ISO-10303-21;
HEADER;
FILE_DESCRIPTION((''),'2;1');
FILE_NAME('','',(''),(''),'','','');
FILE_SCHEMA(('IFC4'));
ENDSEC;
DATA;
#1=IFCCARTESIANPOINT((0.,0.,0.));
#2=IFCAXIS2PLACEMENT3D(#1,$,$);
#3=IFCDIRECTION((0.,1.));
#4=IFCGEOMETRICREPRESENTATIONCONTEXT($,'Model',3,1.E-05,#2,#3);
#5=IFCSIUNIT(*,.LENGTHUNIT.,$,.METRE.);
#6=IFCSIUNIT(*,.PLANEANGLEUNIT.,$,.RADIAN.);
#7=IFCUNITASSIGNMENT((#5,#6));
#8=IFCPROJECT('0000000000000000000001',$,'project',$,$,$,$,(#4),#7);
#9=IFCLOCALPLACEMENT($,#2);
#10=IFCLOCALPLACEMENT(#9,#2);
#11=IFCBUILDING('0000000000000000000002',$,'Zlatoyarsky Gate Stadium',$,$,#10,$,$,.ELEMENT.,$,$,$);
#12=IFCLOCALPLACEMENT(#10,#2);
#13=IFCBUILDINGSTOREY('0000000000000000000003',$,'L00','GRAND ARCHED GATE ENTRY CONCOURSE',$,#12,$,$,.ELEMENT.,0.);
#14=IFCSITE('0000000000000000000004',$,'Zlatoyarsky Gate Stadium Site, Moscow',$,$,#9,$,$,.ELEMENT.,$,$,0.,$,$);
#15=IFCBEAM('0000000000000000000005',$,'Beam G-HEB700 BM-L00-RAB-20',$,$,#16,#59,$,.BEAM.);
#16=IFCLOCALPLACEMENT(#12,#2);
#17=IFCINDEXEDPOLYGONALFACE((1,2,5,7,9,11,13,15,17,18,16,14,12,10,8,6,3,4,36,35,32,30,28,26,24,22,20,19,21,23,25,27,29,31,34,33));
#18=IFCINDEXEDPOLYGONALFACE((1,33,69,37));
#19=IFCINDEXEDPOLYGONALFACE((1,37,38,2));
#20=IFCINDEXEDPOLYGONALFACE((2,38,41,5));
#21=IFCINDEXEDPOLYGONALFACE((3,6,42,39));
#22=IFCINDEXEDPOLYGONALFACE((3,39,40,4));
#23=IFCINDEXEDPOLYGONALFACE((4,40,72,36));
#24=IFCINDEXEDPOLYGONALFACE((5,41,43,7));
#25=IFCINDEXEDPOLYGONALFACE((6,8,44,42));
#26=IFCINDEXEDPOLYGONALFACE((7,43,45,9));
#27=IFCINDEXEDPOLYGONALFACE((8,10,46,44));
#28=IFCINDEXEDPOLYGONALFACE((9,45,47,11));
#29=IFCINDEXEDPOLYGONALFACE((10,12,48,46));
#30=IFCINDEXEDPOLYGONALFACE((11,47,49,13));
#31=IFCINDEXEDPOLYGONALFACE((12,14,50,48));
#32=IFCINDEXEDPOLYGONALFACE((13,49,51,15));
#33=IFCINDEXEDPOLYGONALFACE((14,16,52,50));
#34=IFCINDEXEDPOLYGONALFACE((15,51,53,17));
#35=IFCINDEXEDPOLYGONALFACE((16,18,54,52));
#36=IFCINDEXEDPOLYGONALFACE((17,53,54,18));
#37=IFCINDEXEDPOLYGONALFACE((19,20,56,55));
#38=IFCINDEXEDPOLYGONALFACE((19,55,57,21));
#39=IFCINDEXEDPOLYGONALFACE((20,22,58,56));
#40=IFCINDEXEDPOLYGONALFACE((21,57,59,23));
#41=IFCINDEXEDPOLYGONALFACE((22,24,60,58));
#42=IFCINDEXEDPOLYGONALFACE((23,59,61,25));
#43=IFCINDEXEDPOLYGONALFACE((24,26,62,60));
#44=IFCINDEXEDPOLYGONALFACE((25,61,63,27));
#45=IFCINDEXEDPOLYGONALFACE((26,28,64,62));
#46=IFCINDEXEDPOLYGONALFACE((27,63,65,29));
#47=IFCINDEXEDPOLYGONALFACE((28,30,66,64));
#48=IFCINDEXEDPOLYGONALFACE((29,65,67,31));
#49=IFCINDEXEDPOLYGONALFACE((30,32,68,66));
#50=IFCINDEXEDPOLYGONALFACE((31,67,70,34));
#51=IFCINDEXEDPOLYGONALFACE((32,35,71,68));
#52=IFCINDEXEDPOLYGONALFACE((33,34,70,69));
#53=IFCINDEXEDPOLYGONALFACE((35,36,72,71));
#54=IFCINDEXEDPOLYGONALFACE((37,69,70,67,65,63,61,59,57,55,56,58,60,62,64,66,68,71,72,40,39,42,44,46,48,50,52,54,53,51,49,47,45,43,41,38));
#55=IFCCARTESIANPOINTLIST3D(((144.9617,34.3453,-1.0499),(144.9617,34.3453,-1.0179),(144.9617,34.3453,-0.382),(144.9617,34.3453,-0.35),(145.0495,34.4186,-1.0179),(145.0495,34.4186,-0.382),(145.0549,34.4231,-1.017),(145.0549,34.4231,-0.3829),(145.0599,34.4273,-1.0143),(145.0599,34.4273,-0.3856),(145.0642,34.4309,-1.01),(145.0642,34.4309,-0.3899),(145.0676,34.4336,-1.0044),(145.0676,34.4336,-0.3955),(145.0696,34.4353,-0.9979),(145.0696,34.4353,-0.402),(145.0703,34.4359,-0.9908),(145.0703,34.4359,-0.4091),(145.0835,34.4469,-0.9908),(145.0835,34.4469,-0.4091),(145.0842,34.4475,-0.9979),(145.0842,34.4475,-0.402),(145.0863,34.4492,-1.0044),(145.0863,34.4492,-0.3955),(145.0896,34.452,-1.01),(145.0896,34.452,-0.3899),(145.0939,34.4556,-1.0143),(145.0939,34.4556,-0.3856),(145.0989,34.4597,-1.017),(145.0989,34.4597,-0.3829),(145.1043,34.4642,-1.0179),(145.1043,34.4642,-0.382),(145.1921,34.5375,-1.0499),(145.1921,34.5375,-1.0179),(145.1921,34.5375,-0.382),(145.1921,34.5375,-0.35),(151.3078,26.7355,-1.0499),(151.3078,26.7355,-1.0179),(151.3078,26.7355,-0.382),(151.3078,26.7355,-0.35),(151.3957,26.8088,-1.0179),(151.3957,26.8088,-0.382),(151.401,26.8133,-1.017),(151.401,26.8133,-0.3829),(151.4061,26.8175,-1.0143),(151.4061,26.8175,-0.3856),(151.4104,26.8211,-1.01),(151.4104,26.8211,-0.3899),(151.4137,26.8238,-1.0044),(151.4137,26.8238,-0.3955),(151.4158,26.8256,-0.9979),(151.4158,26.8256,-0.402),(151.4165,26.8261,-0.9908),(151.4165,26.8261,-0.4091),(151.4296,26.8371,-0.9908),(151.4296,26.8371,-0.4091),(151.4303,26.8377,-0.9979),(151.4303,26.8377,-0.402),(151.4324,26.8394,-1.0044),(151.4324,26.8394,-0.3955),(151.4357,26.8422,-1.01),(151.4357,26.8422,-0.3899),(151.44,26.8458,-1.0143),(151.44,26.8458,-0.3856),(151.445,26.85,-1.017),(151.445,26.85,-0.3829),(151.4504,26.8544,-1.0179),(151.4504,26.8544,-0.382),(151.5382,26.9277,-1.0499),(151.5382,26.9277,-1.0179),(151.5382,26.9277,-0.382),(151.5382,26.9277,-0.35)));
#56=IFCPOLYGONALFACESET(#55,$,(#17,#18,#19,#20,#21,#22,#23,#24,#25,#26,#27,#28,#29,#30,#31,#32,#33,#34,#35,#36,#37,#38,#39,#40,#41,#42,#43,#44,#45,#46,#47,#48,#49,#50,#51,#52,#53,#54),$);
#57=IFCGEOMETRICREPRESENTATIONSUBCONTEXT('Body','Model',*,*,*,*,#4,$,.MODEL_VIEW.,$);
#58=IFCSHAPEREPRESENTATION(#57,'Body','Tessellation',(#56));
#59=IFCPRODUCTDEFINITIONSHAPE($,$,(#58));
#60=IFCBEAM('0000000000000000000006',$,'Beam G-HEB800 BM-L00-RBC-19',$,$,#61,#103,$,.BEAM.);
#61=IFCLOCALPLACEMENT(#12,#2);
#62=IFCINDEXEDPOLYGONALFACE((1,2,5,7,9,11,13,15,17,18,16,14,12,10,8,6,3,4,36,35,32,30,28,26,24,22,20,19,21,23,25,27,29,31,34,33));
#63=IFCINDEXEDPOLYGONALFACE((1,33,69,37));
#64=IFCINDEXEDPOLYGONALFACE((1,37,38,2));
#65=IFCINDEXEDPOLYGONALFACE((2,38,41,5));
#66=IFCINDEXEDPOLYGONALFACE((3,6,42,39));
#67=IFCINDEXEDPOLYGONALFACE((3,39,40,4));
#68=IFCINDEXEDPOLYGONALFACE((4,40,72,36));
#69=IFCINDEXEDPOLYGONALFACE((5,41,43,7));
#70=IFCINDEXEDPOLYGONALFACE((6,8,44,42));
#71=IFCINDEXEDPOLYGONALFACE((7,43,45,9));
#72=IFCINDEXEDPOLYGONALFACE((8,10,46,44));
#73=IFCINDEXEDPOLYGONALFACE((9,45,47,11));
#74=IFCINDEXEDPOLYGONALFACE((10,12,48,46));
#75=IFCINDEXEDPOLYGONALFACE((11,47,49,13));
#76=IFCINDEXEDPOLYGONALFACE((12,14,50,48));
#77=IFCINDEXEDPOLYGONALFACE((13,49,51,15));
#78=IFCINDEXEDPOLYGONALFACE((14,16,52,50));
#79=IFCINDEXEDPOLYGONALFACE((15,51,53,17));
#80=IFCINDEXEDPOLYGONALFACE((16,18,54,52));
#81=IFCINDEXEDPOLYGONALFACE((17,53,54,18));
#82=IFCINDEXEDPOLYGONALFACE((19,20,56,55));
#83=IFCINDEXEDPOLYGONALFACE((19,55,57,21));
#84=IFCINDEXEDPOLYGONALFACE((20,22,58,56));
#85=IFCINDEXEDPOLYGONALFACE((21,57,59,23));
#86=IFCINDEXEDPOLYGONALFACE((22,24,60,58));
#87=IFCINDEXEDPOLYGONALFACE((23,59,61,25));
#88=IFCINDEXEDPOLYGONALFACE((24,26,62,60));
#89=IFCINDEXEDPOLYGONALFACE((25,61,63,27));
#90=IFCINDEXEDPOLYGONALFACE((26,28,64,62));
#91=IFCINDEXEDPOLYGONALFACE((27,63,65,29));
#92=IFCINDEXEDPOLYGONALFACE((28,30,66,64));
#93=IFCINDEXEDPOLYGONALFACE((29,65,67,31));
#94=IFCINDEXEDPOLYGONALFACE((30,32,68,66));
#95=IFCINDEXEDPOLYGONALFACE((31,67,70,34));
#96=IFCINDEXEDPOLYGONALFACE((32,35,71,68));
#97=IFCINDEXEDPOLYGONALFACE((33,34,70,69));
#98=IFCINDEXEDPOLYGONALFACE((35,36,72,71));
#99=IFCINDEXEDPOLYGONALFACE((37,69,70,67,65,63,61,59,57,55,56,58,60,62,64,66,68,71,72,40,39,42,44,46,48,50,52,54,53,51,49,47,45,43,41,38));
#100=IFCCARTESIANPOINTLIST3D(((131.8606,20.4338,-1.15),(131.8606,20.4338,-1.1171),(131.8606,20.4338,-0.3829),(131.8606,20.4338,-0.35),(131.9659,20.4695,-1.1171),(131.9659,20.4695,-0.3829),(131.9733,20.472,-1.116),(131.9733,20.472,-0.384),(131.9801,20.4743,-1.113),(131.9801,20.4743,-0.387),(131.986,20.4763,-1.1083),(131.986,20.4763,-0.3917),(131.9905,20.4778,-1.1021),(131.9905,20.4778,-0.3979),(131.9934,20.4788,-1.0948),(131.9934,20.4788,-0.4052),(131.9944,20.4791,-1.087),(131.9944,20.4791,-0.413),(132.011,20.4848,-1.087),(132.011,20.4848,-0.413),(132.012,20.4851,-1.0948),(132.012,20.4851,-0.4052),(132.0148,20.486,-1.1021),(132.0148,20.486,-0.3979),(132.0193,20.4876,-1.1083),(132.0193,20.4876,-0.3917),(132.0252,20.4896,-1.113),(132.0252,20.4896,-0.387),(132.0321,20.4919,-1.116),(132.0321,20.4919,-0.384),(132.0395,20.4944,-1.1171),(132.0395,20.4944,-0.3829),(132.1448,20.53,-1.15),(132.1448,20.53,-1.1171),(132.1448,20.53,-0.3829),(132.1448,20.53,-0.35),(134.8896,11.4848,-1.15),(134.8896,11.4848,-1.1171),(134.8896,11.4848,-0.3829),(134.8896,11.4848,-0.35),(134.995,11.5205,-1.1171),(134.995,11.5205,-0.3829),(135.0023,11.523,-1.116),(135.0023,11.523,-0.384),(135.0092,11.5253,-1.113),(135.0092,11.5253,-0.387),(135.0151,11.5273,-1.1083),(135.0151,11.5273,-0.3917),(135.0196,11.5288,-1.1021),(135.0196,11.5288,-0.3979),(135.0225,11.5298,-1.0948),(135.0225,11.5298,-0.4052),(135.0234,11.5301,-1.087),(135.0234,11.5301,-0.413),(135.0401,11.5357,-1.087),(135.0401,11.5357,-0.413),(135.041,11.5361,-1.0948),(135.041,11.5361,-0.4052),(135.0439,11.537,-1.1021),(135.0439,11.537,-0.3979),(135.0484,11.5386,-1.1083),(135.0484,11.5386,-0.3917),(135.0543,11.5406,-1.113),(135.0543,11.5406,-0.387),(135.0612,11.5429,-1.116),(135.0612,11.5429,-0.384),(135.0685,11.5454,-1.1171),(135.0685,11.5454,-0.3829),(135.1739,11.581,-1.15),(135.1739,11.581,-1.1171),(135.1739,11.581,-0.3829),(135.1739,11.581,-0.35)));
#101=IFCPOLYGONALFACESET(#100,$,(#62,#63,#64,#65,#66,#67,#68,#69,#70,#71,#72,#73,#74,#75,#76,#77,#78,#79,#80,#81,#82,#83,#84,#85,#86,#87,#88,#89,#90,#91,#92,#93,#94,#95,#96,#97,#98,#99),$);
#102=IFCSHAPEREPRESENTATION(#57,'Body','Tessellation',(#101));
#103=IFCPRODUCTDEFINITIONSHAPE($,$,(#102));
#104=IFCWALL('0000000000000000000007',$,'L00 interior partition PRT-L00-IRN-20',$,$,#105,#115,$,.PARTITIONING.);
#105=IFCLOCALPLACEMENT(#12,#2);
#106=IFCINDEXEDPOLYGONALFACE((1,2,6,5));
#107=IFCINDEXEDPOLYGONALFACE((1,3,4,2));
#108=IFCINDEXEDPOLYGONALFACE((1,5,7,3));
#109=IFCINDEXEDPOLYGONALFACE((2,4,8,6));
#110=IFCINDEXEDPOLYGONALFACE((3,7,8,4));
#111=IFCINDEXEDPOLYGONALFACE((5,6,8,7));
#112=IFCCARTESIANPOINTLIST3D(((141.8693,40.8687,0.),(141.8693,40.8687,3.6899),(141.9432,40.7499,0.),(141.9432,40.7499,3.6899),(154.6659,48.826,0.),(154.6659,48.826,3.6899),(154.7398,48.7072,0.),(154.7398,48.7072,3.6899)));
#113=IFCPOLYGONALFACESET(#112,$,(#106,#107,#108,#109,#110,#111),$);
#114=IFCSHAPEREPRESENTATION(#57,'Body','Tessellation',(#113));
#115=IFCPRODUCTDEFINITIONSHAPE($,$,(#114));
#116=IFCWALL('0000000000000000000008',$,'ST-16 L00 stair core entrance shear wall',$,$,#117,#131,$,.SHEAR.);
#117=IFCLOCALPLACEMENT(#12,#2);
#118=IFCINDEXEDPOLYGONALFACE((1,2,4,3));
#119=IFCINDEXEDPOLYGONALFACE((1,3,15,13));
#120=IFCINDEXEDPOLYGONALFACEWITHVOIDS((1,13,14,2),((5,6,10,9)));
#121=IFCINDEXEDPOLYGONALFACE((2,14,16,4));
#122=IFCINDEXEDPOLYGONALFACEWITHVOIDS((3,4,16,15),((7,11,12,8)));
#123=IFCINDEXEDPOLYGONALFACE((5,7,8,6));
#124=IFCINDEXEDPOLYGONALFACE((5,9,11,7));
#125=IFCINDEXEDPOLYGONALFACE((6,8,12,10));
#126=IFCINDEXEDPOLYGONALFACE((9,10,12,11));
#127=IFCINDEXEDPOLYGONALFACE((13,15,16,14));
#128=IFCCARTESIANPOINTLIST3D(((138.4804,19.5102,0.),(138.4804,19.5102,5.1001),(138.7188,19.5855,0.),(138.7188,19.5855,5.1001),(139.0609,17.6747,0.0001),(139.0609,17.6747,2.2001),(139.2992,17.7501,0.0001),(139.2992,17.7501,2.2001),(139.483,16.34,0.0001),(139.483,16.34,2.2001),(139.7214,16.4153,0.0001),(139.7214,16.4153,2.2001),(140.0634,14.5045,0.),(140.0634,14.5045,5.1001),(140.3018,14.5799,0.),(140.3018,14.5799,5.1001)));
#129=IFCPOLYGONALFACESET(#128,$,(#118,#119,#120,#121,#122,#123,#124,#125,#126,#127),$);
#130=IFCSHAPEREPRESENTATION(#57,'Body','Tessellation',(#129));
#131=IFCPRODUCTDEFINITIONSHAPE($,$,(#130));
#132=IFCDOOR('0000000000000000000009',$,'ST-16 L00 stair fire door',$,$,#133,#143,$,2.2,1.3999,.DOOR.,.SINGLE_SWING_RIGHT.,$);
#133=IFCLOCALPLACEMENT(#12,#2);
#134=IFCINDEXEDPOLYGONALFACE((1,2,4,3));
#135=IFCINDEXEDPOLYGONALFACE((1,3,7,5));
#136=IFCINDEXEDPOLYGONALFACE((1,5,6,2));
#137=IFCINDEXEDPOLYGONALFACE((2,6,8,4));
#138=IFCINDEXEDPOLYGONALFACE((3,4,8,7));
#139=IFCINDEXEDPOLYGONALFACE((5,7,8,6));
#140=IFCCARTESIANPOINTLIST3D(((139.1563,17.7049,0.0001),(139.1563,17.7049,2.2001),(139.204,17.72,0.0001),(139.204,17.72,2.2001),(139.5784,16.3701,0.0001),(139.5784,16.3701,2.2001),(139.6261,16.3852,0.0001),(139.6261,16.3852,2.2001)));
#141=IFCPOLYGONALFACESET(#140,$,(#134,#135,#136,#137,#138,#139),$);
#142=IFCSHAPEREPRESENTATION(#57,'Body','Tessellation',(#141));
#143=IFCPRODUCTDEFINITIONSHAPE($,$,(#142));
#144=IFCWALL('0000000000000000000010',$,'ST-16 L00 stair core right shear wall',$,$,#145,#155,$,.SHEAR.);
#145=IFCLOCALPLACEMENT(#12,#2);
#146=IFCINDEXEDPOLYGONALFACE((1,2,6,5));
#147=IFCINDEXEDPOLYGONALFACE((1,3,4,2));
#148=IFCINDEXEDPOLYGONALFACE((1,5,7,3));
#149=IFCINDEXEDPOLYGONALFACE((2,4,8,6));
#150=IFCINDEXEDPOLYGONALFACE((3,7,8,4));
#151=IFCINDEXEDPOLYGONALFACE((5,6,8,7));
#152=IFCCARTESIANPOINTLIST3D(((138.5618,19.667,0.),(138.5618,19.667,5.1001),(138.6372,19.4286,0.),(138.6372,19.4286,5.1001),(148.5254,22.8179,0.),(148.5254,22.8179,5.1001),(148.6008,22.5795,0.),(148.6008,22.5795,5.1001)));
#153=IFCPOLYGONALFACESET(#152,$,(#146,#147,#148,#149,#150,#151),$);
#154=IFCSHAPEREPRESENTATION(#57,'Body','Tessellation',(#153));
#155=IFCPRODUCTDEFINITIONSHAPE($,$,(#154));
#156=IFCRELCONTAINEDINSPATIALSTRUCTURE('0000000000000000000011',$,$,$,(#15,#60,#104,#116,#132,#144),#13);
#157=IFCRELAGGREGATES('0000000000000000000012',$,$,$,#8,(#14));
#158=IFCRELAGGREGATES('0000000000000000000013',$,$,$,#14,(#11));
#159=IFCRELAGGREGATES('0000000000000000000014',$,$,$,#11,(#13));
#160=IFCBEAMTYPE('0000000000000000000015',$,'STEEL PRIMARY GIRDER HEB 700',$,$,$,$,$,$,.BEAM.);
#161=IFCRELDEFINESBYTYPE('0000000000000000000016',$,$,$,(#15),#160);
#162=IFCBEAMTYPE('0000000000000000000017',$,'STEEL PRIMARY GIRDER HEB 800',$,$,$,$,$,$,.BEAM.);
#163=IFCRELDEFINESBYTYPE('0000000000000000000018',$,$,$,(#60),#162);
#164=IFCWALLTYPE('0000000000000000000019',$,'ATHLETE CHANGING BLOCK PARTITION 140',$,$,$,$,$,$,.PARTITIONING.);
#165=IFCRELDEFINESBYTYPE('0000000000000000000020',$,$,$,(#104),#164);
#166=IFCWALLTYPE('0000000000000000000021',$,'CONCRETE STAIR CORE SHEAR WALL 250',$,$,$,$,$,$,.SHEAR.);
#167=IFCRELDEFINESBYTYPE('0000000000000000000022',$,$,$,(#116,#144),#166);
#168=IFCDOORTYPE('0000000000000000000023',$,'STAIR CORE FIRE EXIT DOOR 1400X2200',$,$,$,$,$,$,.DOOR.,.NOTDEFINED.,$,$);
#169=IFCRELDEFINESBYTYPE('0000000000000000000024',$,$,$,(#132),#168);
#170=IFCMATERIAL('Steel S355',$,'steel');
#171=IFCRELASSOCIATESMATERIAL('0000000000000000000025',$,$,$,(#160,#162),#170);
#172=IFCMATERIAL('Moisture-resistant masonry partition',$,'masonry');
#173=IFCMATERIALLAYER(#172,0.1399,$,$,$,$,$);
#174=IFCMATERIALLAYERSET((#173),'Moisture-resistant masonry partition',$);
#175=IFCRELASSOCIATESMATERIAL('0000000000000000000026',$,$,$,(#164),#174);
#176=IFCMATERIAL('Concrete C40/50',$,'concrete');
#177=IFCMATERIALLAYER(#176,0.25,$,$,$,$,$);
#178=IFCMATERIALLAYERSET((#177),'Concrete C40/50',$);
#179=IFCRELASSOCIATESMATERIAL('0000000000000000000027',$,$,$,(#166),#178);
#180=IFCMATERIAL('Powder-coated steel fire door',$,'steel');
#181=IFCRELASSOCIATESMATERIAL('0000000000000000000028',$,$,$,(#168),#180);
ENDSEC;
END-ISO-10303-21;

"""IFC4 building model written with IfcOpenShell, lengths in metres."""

from ifc_helpers import new_model, si_unit, direction, frame, frame_2d, origin, origin_2d, place, context, subcontext, project, spatial, rectangle, i_section, extrude, material, layer, layer_set, material_profile, profile_set, type_object, element, fill, save


model = new_model("IFC4")

# Units and contexts
model_context = context("Model", 3, precision=1e-05, world=origin(), true_north=direction((0.0, 1.0)))
body_context = subcontext(model_context, "Body", "Model", "MODEL_VIEW")
ifc_project = project(units=[si_unit("LENGTHUNIT", "METRE"), si_unit("PLANEANGLEUNIT", "RADIAN")], contexts=[model_context])

# Site, building, storey
site_placement = place(None, origin())
site = spatial("IfcSite", under=ifc_project, at=site_placement, Name="Zlatoyarsky Gate Stadium Site, Moscow", CompositionType="ELEMENT", RefElevation=0.0)
building_placement = place(site_placement, origin())
building = spatial("IfcBuilding", under=site, at=building_placement, Name="Zlatoyarsky Gate Stadium", CompositionType="ELEMENT")
storey_placement = place(building_placement, origin())
storey = spatial("IfcBuildingStorey", under=building, at=storey_placement, Name="L00", Description="GRAND ARCHED GATE ENTRY CONCOURSE", CompositionType="ELEMENT", Elevation=0.0)

# Shared definitions
ifc_material_1 = material(Name="Concrete C40/50", Category="concrete")

# Beams
ifc_material_2 = material(Name="Steel S355", Category="steel")
ifc_material_profile_1 = material_profile(ifc_material_2, i_section(OverallWidth=0.3, OverallDepth=0.7, WebThickness=0.0171, FlangeThickness=0.032, FilletRadius=0.0271, at=origin_2d()), Name="HEB 700")
ifc_profile_set_1 = profile_set([ifc_material_profile_1], Name="Steel S355")
beam_type_1 = type_object("IfcBeamType", Name="STEEL PRIMARY GIRDER HEB 700", PredefinedType="BEAM", material=ifc_profile_set_1)
beam_1_placement = place(storey_placement, frame((145.0769, 34.4414, -0.7), z_axis=(0.640461, -0.767991, 0.0), x_axis=(0.767991, 0.640461, 0.0)))
element("IfcBeam", 1, at=beam_1_placement, inside=storey, type_object=beam_type_1, Name="Beam G-HEB700 BM-L00-RAB-20", PredefinedType="BEAM", context=body_context, shape_type="SweptSolid", body=[
    extrude(i_section(OverallWidth=0.3, OverallDepth=0.7, WebThickness=0.0171, FlangeThickness=0.032, FilletRadius=0.0271, at=origin_2d()), origin(), (0.0, 0.0, 1.0), 9.9087),
])
ifc_material_profile_2 = material_profile(ifc_material_2, i_section(OverallWidth=0.3, OverallDepth=0.8, WebThickness=0.0176, FlangeThickness=0.033, FilletRadius=0.03, at=origin_2d()), Name="HEB 800")
ifc_profile_set_2 = profile_set([ifc_material_profile_2], Name="Steel S355")
beam_type_2 = type_object("IfcBeamType", Name="STEEL PRIMARY GIRDER HEB 800", PredefinedType="BEAM", material=ifc_profile_set_2)
beam_2_placement = place(storey_placement, frame((132.0027, 20.4819, -0.75), z_axis=(0.320612, -0.947211, 0.0), x_axis=(0.947211, 0.320612, 0.0)))
element("IfcBeam", 2, at=beam_2_placement, inside=storey, type_object=beam_type_2, Name="Beam G-HEB800 BM-L00-RBC-19", PredefinedType="BEAM", context=body_context, shape_type="SweptSolid", body=[
    extrude(i_section(OverallWidth=0.3, OverallDepth=0.8, WebThickness=0.0176, FlangeThickness=0.033, FilletRadius=0.03, at=origin_2d()), origin(), (0.0, 0.0, 1.0), 9.4478),
])

# Wall
ifc_material_3 = material(Name="Moisture-resistant masonry partition", Category="masonry")
ifc_layer_1 = layer(ifc_material_3, 0.1399)
ifc_layer_set_1 = layer_set([ifc_layer_1], Name="Moisture-resistant masonry partition")
wall_type_1 = type_object("IfcWallType", Name="ATHLETE CHANGING BLOCK PARTITION 140", PredefinedType="PARTITIONING", material=ifc_layer_set_1)
wall_1_placement = place(storey_placement, frame((141.9062, 40.8093, 0.0), z_axis=(0.0, 0.0, 1.0), x_axis=(0.849208, 0.528059, 0.0)))
element("IfcWall", 3, at=wall_1_placement, inside=storey, type_object=wall_type_1, Name="L00 interior partition PRT-L00-IRN-20", PredefinedType="PARTITIONING", context=body_context, shape_type="SweptSolid", body=[
    extrude(rectangle(XDim=15.0688, YDim=0.1399, at=frame_2d((7.5344, 0.0))), origin(), (0.0, 0.0, 1.0), 3.6899),
])

# Wall, opening, door
ifc_layer_2 = layer(ifc_material_1, 0.25)
ifc_layer_set_2 = layer_set([ifc_layer_2], Name="Concrete C40/50")
wall_type_2 = type_object("IfcWallType", Name="CONCRETE STAIR CORE SHEAR WALL 250", PredefinedType="SHEAR", material=ifc_layer_set_2)
wall_2_placement = place(storey_placement, frame((138.5996, 19.5479, 0.0), z_axis=(0.0, 0.0, 1.0), x_axis=(0.301527, -0.953457, 0.0)))
wall_2 = element("IfcWall", 4, at=wall_2_placement, inside=storey, type_object=wall_type_2, Name="ST-16 L00 stair core entrance shear wall", PredefinedType="SHEAR", context=body_context, shape_type="SweptSolid", body=[
    extrude(rectangle(XDim=5.25, YDim=0.25, at=frame_2d((2.625, 0.0))), origin(), (0.0, 0.0, 1.0), 5.1001),
])
opening_1_placement = place(wall_2_placement, frame((1.925, 0.0, 0.0)))
opening_1 = element("IfcOpeningElement", 5, at=opening_1_placement, cuts=wall_2, PredefinedType="OPENING", context=body_context, shape_type="SweptSolid", body=[
    extrude(rectangle(XDim=1.3999, YDim=2.2, at=frame_2d((0.7, 1.1001))), frame((0.0, 0.135, 0.0), z_axis=(0.0, -1.0, 0.0), x_axis=(1.0, 0.0, 0.0)), (0.0, 0.0, 1.0), 0.27),
])
ifc_material_4 = material(Name="Powder-coated steel fire door", Category="steel")
door_type_1 = type_object("IfcDoorType", Name="STAIR CORE FIRE EXIT DOOR 1400X2200", OperationType="NOTDEFINED", PredefinedType="DOOR", material=ifc_material_4)
door_1_placement = place(opening_1_placement, frame((1.3999, 0.0, 0.0), z_axis=(0.0, 0.0, 1.0), x_axis=(-1.0, 0.0, 0.0)))
door_1 = element("IfcDoor", 6, at=door_1_placement, inside=storey, type_object=door_type_1, Name="ST-16 L00 stair fire door", OperationType="SINGLE_SWING_RIGHT", OverallHeight=2.2, OverallWidth=1.3999, PredefinedType="DOOR", context=body_context, shape_type="SweptSolid", body=[
    extrude(rectangle(XDim=1.3999, YDim=2.2, at=frame_2d((0.7, 1.1001))), frame((0.0, 0.0249, 0.0), z_axis=(0.0, -1.0, 0.0), x_axis=(1.0, 0.0, 0.0)), (0.0, 0.0, 1.0), 0.05),
])
fill(opening_1, door_1)

# Wall
wall_3_placement = place(storey_placement, frame((148.5632, 22.6987, 0.0), z_axis=(0.0, 0.0, 1.0), x_axis=(-0.95346, -0.30152, 0.0)))
element("IfcWall", 7, at=wall_3_placement, inside=storey, type_object=wall_type_2, Name="ST-16 L00 stair core right shear wall", PredefinedType="SHEAR", context=body_context, shape_type="SweptSolid", body=[
    extrude(rectangle(XDim=10.45, YDim=0.25, at=frame_2d((5.2251, 0.0))), origin(), (0.0, 0.0, 1.0), 5.1001),
])

save(model, "model.ifc")
